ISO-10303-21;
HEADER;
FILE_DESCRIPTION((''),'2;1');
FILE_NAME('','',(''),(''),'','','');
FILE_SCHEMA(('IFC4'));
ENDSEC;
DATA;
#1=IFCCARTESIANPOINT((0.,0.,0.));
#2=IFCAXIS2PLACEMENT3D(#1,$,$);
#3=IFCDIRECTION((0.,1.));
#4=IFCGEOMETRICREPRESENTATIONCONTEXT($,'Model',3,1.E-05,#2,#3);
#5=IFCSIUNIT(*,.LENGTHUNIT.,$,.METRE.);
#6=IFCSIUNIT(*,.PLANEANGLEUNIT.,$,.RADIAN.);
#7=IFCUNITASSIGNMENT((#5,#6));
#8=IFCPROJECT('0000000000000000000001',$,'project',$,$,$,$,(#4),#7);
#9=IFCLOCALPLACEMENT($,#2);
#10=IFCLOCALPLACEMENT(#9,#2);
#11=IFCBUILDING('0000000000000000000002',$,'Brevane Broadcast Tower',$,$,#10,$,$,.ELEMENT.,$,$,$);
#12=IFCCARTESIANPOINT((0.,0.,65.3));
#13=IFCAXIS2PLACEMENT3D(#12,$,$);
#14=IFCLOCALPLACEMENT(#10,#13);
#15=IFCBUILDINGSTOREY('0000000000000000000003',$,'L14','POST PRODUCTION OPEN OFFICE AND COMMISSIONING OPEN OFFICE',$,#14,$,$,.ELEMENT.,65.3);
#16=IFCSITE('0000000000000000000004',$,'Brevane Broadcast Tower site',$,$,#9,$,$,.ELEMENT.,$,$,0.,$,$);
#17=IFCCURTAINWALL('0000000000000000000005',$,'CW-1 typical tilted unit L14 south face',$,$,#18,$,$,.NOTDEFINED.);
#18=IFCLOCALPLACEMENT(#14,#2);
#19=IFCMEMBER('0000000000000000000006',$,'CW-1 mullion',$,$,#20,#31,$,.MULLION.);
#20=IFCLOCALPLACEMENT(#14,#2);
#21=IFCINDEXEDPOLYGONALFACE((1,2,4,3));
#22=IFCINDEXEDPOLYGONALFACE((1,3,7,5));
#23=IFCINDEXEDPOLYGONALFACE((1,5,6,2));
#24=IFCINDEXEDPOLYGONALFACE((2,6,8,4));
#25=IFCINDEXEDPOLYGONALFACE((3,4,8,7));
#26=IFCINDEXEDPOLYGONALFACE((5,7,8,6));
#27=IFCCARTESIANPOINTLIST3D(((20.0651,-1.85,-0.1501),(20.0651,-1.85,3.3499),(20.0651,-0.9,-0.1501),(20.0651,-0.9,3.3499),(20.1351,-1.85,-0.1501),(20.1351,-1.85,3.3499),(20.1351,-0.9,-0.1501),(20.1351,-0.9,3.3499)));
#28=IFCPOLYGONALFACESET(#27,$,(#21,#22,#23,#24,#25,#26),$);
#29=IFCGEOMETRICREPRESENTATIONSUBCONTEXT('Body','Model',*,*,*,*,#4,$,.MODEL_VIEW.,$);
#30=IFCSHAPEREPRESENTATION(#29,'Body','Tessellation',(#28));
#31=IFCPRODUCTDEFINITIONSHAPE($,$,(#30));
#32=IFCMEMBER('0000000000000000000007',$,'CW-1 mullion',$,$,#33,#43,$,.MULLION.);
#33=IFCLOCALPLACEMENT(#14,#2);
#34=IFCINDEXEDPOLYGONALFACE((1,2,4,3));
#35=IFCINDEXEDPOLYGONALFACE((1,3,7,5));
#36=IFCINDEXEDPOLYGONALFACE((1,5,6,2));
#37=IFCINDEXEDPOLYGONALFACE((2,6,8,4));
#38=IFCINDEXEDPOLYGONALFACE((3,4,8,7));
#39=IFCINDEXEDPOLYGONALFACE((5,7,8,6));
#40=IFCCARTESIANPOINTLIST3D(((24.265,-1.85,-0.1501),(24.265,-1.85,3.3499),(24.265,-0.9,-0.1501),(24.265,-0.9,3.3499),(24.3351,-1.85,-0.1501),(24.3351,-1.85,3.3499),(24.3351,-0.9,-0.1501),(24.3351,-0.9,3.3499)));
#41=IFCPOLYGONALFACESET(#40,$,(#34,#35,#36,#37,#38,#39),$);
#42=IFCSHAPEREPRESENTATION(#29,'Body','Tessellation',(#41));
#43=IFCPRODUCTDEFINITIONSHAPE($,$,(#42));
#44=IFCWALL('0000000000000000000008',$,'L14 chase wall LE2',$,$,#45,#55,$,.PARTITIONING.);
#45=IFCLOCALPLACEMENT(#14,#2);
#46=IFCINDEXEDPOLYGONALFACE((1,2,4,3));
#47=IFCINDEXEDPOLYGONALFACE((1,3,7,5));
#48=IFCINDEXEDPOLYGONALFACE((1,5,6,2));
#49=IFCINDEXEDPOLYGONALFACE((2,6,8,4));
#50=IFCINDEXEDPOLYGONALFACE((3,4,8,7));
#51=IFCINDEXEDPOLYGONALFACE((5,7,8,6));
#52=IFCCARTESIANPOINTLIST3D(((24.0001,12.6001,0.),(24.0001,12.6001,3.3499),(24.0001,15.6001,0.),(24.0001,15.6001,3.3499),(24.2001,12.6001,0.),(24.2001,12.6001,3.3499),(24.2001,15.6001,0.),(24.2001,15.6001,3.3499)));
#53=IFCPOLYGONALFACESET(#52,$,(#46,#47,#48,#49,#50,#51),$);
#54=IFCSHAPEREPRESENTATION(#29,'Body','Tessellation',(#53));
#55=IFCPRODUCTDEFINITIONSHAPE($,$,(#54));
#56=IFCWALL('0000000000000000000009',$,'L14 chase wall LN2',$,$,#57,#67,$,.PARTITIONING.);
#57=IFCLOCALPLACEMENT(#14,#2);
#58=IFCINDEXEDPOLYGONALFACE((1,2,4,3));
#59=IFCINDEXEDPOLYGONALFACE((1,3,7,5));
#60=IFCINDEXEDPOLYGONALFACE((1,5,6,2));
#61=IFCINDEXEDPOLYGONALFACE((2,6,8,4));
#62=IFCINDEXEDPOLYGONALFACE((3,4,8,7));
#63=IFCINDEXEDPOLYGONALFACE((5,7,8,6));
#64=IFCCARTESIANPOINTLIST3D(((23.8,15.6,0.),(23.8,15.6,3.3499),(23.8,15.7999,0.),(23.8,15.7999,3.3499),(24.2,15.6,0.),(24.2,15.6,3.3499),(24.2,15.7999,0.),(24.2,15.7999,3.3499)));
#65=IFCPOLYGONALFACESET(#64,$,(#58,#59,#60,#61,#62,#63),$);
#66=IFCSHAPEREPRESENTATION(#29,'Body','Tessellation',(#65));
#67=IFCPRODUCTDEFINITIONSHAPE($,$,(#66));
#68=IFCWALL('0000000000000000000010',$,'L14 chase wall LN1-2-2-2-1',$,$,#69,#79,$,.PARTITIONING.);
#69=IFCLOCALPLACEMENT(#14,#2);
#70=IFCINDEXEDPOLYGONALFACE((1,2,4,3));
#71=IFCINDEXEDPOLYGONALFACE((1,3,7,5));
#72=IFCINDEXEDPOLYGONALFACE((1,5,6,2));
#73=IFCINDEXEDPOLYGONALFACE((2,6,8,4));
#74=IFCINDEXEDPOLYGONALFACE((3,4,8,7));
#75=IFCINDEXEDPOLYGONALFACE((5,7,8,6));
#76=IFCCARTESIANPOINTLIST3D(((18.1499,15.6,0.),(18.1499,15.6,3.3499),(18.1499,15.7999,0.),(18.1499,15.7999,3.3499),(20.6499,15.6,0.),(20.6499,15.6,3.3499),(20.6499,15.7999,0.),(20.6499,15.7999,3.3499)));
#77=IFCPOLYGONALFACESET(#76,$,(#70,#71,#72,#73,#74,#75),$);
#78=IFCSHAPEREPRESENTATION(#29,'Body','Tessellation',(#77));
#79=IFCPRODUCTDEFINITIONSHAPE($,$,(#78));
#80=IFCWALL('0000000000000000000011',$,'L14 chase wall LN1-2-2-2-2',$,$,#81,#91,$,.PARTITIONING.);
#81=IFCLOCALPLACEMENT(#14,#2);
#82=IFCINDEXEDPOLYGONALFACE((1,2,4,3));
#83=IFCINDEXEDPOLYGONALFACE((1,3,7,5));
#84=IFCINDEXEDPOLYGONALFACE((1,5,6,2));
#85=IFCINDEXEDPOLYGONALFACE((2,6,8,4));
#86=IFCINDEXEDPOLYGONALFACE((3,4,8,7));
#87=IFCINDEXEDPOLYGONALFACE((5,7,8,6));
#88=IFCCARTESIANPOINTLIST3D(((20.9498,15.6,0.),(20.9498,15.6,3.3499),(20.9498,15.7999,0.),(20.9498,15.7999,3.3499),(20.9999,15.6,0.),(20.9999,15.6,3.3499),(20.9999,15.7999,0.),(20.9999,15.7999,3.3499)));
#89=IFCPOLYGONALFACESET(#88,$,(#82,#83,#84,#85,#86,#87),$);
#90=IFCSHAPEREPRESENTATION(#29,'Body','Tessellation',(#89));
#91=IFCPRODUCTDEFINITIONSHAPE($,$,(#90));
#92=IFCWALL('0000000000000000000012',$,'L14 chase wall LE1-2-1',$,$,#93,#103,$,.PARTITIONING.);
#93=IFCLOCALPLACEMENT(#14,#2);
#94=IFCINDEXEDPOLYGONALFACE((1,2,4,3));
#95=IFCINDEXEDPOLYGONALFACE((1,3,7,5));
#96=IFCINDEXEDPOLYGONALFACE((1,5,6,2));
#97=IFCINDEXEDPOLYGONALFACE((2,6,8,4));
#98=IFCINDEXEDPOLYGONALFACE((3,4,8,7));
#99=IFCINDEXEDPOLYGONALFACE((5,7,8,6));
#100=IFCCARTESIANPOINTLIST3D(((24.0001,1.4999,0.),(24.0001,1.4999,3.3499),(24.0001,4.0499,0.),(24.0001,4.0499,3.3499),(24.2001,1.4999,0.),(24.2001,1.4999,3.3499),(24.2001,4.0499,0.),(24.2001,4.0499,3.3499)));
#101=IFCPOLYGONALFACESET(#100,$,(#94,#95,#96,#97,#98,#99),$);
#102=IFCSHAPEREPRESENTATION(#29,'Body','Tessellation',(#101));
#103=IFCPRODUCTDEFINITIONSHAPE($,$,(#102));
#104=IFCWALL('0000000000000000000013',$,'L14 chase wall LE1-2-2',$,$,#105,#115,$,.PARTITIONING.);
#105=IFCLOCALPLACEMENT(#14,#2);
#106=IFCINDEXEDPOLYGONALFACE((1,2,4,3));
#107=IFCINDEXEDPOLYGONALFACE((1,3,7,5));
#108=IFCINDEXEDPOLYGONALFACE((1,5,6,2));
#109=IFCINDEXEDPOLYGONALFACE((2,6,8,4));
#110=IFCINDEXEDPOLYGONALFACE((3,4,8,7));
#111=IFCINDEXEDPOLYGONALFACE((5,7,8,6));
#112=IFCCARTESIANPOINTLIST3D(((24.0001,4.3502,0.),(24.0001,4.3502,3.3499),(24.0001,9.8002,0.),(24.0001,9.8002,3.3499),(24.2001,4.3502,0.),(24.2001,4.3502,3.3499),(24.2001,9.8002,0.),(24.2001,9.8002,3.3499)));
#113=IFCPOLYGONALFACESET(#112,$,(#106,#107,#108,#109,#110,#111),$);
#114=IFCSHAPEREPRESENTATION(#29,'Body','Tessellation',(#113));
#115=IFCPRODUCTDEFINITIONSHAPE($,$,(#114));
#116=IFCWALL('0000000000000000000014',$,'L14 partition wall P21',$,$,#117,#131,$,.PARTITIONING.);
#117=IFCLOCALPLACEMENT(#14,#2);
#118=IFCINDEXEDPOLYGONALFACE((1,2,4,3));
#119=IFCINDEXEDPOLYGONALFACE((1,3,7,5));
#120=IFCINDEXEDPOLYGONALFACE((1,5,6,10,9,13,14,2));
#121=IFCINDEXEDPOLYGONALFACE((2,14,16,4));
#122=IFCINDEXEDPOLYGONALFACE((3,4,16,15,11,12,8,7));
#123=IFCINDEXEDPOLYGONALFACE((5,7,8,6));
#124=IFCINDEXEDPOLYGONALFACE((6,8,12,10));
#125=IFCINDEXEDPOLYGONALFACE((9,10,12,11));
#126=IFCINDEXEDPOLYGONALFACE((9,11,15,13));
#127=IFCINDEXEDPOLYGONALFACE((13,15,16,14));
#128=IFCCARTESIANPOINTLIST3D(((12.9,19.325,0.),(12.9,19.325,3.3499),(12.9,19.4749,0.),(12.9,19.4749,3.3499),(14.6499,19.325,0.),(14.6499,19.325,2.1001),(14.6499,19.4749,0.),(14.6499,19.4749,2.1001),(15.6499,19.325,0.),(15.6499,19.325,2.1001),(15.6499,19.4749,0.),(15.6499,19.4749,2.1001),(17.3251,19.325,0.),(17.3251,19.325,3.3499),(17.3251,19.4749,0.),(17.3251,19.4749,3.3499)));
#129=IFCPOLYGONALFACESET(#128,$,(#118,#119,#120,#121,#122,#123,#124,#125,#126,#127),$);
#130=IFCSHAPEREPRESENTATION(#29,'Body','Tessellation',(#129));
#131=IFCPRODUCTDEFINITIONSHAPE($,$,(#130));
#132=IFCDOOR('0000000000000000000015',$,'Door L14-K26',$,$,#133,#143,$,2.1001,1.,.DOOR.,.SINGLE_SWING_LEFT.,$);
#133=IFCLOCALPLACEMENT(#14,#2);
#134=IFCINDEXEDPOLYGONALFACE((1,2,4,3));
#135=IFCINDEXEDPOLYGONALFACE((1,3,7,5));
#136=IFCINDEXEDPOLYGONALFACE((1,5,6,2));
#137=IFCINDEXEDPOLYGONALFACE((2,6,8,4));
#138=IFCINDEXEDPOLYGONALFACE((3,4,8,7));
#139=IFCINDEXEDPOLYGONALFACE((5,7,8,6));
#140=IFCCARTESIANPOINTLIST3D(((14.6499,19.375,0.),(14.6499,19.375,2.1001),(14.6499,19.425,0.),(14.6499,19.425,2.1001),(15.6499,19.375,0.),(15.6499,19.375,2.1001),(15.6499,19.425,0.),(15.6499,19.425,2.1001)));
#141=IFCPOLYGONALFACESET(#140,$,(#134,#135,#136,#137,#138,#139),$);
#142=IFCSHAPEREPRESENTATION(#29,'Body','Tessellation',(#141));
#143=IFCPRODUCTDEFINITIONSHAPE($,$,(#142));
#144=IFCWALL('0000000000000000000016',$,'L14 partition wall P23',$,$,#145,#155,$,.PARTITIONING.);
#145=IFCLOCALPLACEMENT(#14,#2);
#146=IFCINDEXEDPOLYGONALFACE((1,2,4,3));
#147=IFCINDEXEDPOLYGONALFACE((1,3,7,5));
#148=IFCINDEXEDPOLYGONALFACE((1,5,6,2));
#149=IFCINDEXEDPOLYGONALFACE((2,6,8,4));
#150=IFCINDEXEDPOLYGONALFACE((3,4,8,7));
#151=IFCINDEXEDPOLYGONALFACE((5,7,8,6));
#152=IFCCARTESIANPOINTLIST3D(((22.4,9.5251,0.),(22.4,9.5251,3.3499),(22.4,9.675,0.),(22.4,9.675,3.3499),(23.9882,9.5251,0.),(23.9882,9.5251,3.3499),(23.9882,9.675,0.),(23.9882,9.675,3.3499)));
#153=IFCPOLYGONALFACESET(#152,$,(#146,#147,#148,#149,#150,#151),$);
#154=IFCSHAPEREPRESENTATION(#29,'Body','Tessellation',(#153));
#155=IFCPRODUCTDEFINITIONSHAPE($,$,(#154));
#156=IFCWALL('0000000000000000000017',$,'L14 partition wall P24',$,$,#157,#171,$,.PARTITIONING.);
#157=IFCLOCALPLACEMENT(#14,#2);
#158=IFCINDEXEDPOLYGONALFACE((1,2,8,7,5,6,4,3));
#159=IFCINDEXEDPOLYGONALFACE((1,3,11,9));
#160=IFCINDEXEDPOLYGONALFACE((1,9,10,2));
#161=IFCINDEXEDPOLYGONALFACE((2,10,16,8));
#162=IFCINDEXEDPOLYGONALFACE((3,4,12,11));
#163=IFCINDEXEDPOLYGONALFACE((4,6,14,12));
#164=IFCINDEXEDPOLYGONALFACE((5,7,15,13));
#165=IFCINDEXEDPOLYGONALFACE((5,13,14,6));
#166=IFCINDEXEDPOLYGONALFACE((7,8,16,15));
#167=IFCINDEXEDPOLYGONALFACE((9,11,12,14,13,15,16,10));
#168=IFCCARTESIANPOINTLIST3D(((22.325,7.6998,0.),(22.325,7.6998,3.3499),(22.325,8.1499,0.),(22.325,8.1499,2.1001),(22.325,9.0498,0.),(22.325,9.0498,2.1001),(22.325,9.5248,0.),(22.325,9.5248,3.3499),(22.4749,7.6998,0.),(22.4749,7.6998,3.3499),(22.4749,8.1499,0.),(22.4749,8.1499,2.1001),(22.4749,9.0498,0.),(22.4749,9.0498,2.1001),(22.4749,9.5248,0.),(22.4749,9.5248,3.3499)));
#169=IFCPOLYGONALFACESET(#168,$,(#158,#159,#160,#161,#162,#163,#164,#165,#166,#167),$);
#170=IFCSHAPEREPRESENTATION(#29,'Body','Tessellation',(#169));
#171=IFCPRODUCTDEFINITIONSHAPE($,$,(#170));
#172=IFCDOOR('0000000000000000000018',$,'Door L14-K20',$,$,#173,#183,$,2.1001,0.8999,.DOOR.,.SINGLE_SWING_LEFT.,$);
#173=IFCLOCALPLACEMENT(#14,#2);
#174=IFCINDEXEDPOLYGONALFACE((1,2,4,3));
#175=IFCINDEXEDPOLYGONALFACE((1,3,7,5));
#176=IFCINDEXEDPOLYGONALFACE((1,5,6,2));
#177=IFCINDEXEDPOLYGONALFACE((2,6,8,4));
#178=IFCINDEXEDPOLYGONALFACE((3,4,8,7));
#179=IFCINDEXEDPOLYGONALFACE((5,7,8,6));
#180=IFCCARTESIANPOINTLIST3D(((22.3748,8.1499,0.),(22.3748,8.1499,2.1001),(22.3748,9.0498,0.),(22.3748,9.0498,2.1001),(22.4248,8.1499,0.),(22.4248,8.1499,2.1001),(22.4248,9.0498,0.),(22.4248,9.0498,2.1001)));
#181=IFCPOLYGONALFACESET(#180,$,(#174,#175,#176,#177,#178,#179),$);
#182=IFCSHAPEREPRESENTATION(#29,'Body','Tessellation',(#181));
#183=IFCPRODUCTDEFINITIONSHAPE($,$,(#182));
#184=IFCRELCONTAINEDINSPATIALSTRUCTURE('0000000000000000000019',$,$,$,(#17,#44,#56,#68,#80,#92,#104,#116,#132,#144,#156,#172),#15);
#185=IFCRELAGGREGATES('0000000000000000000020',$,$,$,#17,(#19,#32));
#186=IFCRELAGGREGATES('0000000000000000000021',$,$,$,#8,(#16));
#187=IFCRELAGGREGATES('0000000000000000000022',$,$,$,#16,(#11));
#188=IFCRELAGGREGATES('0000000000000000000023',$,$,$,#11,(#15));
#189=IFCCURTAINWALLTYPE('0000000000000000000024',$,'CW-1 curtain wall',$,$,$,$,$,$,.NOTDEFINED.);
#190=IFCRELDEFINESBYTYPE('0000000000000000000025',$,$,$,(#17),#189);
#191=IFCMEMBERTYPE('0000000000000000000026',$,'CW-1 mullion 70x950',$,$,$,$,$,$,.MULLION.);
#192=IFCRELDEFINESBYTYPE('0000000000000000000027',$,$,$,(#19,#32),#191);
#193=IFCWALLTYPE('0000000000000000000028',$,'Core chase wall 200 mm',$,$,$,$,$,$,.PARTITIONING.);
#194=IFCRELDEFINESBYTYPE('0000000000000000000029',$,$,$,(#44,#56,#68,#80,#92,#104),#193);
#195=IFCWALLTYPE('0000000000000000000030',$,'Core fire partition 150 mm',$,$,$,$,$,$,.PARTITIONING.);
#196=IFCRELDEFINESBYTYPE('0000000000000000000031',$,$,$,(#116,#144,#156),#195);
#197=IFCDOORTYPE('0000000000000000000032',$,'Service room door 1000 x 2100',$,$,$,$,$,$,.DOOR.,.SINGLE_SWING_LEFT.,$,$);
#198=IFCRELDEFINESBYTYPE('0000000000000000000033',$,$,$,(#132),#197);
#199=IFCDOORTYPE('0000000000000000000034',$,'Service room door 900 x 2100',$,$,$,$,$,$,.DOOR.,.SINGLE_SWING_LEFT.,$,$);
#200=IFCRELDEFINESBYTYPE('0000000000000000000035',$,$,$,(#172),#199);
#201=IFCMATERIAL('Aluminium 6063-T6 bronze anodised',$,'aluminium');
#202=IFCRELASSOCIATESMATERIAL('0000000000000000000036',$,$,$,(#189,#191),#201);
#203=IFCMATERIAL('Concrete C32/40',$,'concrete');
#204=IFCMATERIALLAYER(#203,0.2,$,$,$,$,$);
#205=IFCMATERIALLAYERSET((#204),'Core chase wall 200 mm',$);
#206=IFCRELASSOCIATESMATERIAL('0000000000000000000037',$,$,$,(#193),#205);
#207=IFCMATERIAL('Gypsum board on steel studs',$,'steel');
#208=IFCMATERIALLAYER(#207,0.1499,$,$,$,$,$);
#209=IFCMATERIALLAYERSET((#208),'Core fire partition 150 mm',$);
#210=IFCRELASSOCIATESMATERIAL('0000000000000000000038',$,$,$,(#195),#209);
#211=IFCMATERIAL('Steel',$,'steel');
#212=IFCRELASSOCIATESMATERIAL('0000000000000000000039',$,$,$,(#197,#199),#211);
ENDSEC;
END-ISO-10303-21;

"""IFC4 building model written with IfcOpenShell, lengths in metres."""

from ifc_helpers import new_model, si_unit, direction, frame, frame_2d, origin, origin_2d, place, context, subcontext, project, spatial, rectangle, extrude, material, layer, layer_set, material_profile, profile_set, type_object, element, fill, aggregate, save


model = new_model("IFC4")

# Units and contexts
model_context = context("Model", 3, precision=1e-05, world=origin(), true_north=direction((0.0, 1.0)))
body_context = subcontext(model_context, "Body", "Model", "MODEL_VIEW")
ifc_project = project(units=[si_unit("LENGTHUNIT", "METRE"), si_unit("PLANEANGLEUNIT", "RADIAN")], contexts=[model_context])

# Site, building, storey
site_placement = place(None, origin())
site = spatial("IfcSite", under=ifc_project, at=site_placement, Name="Brevane Broadcast Tower site", CompositionType="ELEMENT", RefElevation=0.0)
building_placement = place(site_placement, origin())
building = spatial("IfcBuilding", under=site, at=building_placement, Name="Brevane Broadcast Tower", CompositionType="ELEMENT")
storey_placement = place(building_placement, frame((0.0, 0.0, 65.3)))
storey = spatial("IfcBuildingStorey", under=building, at=storey_placement, Name="L14", Description="POST PRODUCTION OPEN OFFICE AND COMMISSIONING OPEN OFFICE", CompositionType="ELEMENT", Elevation=65.3)

# Curtain wall, members
ifc_material_1 = material(Name="Aluminium 6063-T6 bronze anodised", Category="aluminium")
curtain_wall_type = type_object("IfcCurtainWallType", Name="CW-1 curtain wall", PredefinedType="NOTDEFINED", material=ifc_material_1)
curtain_wall_placement = place(storey_placement, origin())
curtain_wall = element("IfcCurtainWall", 1, at=curtain_wall_placement, inside=storey, type_object=curtain_wall_type, Name="CW-1 typical tilted unit L14 south face", PredefinedType="NOTDEFINED")
ifc_material_profile = material_profile(ifc_material_1, rectangle(XDim=0.95, YDim=0.0701, at=origin_2d()), Name="RECT 70x950")
ifc_profile_set = profile_set([ifc_material_profile], Name="Aluminium 6063-T6 bronze anodised")
member_type = type_object("IfcMemberType", Name="CW-1 mullion 70x950", PredefinedType="MULLION", material=ifc_profile_set)
member_1_placement = place(storey_placement, frame((20.1001, -1.375, -0.1501), z_axis=(0.0, 0.0, 1.0), x_axis=(0.0, 1.0, 0.0)))
member_1 = element("IfcMember", 2, at=member_1_placement, type_object=member_type, Name="CW-1 mullion", PredefinedType="MULLION", context=body_context, shape_type="SweptSolid", body=[
    extrude(rectangle(XDim=0.95, YDim=0.0701, at=origin_2d()), origin(), (0.0, 0.0, 1.0), 3.5),
])
member_2_placement = place(storey_placement, frame((24.3, -1.375, -0.1501), z_axis=(0.0, 0.0, 1.0), x_axis=(0.0, 1.0, 0.0)))
member_2 = element("IfcMember", 3, at=member_2_placement, type_object=member_type, Name="CW-1 mullion", PredefinedType="MULLION", context=body_context, shape_type="SweptSolid", body=[
    extrude(rectangle(XDim=0.95, YDim=0.0701, at=origin_2d()), origin(), (0.0, 0.0, 1.0), 3.5),
])
aggregate(curtain_wall, [member_1, member_2])

# Walls
ifc_material_2 = material(Name="Concrete C32/40", Category="concrete")
ifc_layer_1 = layer(ifc_material_2, 0.2)
ifc_layer_set_1 = layer_set([ifc_layer_1], Name="Core chase wall 200 mm")
wall_type_1 = type_object("IfcWallType", Name="Core chase wall 200 mm", PredefinedType="PARTITIONING", material=ifc_layer_set_1)
wall_1_placement = place(storey_placement, frame((24.1001, 12.6001, 0.0), z_axis=(0.0, 0.0, 1.0), x_axis=(0.0, 1.0, 0.0)))
element("IfcWall", 4, at=wall_1_placement, inside=storey, type_object=wall_type_1, Name="L14 chase wall LE2", PredefinedType="PARTITIONING", context=body_context, shape_type="SweptSolid", body=[
    extrude(rectangle(XDim=3.0, YDim=0.2, at=frame_2d((1.5, 0.0))), origin(), (0.0, 0.0, 1.0), 3.3499),
])
wall_2_placement = place(storey_placement, frame((23.8, 15.7, 0.0), z_axis=(0.0, 0.0, 1.0), x_axis=(1.0, 0.0, 0.0)))
element("IfcWall", 5, at=wall_2_placement, inside=storey, type_object=wall_type_1, Name="L14 chase wall LN2", PredefinedType="PARTITIONING", context=body_context, shape_type="SweptSolid", body=[
    extrude(rectangle(XDim=0.3999, YDim=0.2, at=frame_2d((0.2, 0.0))), origin(), (0.0, 0.0, 1.0), 3.3499),
])
wall_3_placement = place(storey_placement, frame((18.1499, 15.7, 0.0), z_axis=(0.0, 0.0, 1.0), x_axis=(1.0, 0.0, 0.0)))
element("IfcWall", 6, at=wall_3_placement, inside=storey, type_object=wall_type_1, Name="L14 chase wall LN1-2-2-2-1", PredefinedType="PARTITIONING", context=body_context, shape_type="SweptSolid", body=[
    extrude(rectangle(XDim=2.5, YDim=0.2, at=frame_2d((1.25, 0.0))), origin(), (0.0, 0.0, 1.0), 3.3499),
])
wall_4_placement = place(storey_placement, frame((20.95, 15.7, 0.0), z_axis=(0.0, 0.0, 1.0), x_axis=(1.0, 0.0, 0.0)))
element("IfcWall", 7, at=wall_4_placement, inside=storey, type_object=wall_type_1, Name="L14 chase wall LN1-2-2-2-2", PredefinedType="PARTITIONING", context=body_context, shape_type="SweptSolid", body=[
    extrude(rectangle(XDim=0.05, YDim=0.2, at=frame_2d((0.0249, 0.0))), origin(), (0.0, 0.0, 1.0), 3.3499),
])
wall_5_placement = place(storey_placement, frame((24.1001, 1.5, 0.0), z_axis=(0.0, 0.0, 1.0), x_axis=(0.0, 1.0, 0.0)))
element("IfcWall", 8, at=wall_5_placement, inside=storey, type_object=wall_type_1, Name="L14 chase wall LE1-2-1", PredefinedType="PARTITIONING", context=body_context, shape_type="SweptSolid", body=[
    extrude(rectangle(XDim=2.55, YDim=0.2, at=frame_2d((1.2749, 0.0))), origin(), (0.0, 0.0, 1.0), 3.3499),
])
wall_6_placement = place(storey_placement, frame((24.1001, 4.3501, 0.0), z_axis=(0.0, 0.0, 1.0), x_axis=(0.0, 1.0, 0.0)))
element("IfcWall", 9, at=wall_6_placement, inside=storey, type_object=wall_type_1, Name="L14 chase wall LE1-2-2", PredefinedType="PARTITIONING", context=body_context, shape_type="SweptSolid", body=[
    extrude(rectangle(XDim=5.45, YDim=0.2, at=frame_2d((2.7251, 0.0))), origin(), (0.0, 0.0, 1.0), 3.3499),
])

# Wall, opening, door
ifc_material_3 = material(Name="Gypsum board on steel studs", Category="steel")
ifc_layer_2 = layer(ifc_material_3, 0.1499)
ifc_layer_set_2 = layer_set([ifc_layer_2], Name="Core fire partition 150 mm")
wall_type_2 = type_object("IfcWallType", Name="Core fire partition 150 mm", PredefinedType="PARTITIONING", material=ifc_layer_set_2)
wall_7_placement = place(storey_placement, frame((17.325, 19.3999, 0.0), z_axis=(0.0, 0.0, 1.0), x_axis=(-1.0, 0.0, 0.0)))
wall_7 = element("IfcWall", 10, at=wall_7_placement, inside=storey, type_object=wall_type_2, Name="L14 partition wall P21", PredefinedType="PARTITIONING", context=body_context, shape_type="SweptSolid", body=[
    extrude(rectangle(XDim=4.425, YDim=0.1499, at=frame_2d((2.2124, 0.0))), origin(), (0.0, 0.0, 1.0), 3.3499),
])
opening_1_placement = place(wall_7_placement, frame((1.675, 0.0, 0.0)))
opening_1 = element("IfcOpeningElement", 11, at=opening_1_placement, cuts=wall_7, PredefinedType="OPENING", context=body_context, shape_type="SweptSolid", body=[
    extrude(rectangle(XDim=1.0, YDim=2.1001, at=frame_2d((0.5, 1.05))), frame((0.0, 0.085, 0.0), z_axis=(0.0, -1.0, 0.0), x_axis=(1.0, 0.0, 0.0)), (0.0, 0.0, 1.0), 0.1699),
])
ifc_material_4 = material(Name="Steel", Category="steel")
door_type_1 = type_object("IfcDoorType", Name="Service room door 1000 x 2100", OperationType="SINGLE_SWING_LEFT", PredefinedType="DOOR", material=ifc_material_4)
door_1_placement = place(opening_1_placement, origin())
door_1 = element("IfcDoor", 12, at=door_1_placement, inside=storey, type_object=door_type_1, Name="Door L14-K26", OperationType="SINGLE_SWING_LEFT", OverallHeight=2.1001, OverallWidth=1.0, PredefinedType="DOOR", context=body_context, shape_type="SweptSolid", body=[
    extrude(rectangle(XDim=1.0, YDim=2.1001, at=frame_2d((0.5, 1.05))), frame((0.0, 0.0249, 0.0), z_axis=(0.0, -1.0, 0.0), x_axis=(1.0, 0.0, 0.0)), (0.0, 0.0, 1.0), 0.05),
])
fill(opening_1, door_1)

# Wall
wall_8_placement = place(storey_placement, frame((23.988, 9.6001, 0.0), z_axis=(0.0, 0.0, 1.0), x_axis=(-1.0, 0.0, 0.0)))
element("IfcWall", 13, at=wall_8_placement, inside=storey, type_object=wall_type_2, Name="L14 partition wall P23", PredefinedType="PARTITIONING", context=body_context, shape_type="SweptSolid", body=[
    extrude(rectangle(XDim=1.5881, YDim=0.1499, at=frame_2d((0.7939, 0.0))), origin(), (0.0, 0.0, 1.0), 3.3499),
])

# Wall, opening, door
wall_9_placement = place(storey_placement, frame((22.3999, 9.5249, 0.0), z_axis=(0.0, 0.0, 1.0), x_axis=(0.0, -1.0, 0.0)))
wall_9 = element("IfcWall", 14, at=wall_9_placement, inside=storey, type_object=wall_type_2, Name="L14 partition wall P24", PredefinedType="PARTITIONING", context=body_context, shape_type="SweptSolid", body=[
    extrude(rectangle(XDim=1.825, YDim=0.1499, at=frame_2d((0.9126, 0.0))), origin(), (0.0, 0.0, 1.0), 3.3499),
])
opening_2_placement = place(wall_9_placement, frame((0.4751, 0.0, 0.0)))
opening_2 = element("IfcOpeningElement", 15, at=opening_2_placement, cuts=wall_9, PredefinedType="OPENING", context=body_context, shape_type="SweptSolid", body=[
    extrude(rectangle(XDim=0.8999, YDim=2.1001, at=frame_2d((0.45, 1.05))), frame((0.0, 0.085, 0.0), z_axis=(0.0, -1.0, 0.0), x_axis=(1.0, 0.0, 0.0)), (0.0, 0.0, 1.0), 0.1699),
])
door_type_2 = type_object("IfcDoorType", Name="Service room door 900 x 2100", OperationType="SINGLE_SWING_LEFT", PredefinedType="DOOR", material=ifc_material_4)
door_2_placement = place(opening_2_placement, origin())
door_2 = element("IfcDoor", 16, at=door_2_placement, inside=storey, type_object=door_type_2, Name="Door L14-K20", OperationType="SINGLE_SWING_LEFT", OverallHeight=2.1001, OverallWidth=0.8999, PredefinedType="DOOR", context=body_context, shape_type="SweptSolid", body=[
    extrude(rectangle(XDim=0.8999, YDim=2.1001, at=frame_2d((0.45, 1.05))), frame((0.0, 0.0249, 0.0), z_axis=(0.0, -1.0, 0.0), x_axis=(1.0, 0.0, 0.0)), (0.0, 0.0, 1.0), 0.05),
])
fill(opening_2, door_2)

save(model, "model.ifc")
